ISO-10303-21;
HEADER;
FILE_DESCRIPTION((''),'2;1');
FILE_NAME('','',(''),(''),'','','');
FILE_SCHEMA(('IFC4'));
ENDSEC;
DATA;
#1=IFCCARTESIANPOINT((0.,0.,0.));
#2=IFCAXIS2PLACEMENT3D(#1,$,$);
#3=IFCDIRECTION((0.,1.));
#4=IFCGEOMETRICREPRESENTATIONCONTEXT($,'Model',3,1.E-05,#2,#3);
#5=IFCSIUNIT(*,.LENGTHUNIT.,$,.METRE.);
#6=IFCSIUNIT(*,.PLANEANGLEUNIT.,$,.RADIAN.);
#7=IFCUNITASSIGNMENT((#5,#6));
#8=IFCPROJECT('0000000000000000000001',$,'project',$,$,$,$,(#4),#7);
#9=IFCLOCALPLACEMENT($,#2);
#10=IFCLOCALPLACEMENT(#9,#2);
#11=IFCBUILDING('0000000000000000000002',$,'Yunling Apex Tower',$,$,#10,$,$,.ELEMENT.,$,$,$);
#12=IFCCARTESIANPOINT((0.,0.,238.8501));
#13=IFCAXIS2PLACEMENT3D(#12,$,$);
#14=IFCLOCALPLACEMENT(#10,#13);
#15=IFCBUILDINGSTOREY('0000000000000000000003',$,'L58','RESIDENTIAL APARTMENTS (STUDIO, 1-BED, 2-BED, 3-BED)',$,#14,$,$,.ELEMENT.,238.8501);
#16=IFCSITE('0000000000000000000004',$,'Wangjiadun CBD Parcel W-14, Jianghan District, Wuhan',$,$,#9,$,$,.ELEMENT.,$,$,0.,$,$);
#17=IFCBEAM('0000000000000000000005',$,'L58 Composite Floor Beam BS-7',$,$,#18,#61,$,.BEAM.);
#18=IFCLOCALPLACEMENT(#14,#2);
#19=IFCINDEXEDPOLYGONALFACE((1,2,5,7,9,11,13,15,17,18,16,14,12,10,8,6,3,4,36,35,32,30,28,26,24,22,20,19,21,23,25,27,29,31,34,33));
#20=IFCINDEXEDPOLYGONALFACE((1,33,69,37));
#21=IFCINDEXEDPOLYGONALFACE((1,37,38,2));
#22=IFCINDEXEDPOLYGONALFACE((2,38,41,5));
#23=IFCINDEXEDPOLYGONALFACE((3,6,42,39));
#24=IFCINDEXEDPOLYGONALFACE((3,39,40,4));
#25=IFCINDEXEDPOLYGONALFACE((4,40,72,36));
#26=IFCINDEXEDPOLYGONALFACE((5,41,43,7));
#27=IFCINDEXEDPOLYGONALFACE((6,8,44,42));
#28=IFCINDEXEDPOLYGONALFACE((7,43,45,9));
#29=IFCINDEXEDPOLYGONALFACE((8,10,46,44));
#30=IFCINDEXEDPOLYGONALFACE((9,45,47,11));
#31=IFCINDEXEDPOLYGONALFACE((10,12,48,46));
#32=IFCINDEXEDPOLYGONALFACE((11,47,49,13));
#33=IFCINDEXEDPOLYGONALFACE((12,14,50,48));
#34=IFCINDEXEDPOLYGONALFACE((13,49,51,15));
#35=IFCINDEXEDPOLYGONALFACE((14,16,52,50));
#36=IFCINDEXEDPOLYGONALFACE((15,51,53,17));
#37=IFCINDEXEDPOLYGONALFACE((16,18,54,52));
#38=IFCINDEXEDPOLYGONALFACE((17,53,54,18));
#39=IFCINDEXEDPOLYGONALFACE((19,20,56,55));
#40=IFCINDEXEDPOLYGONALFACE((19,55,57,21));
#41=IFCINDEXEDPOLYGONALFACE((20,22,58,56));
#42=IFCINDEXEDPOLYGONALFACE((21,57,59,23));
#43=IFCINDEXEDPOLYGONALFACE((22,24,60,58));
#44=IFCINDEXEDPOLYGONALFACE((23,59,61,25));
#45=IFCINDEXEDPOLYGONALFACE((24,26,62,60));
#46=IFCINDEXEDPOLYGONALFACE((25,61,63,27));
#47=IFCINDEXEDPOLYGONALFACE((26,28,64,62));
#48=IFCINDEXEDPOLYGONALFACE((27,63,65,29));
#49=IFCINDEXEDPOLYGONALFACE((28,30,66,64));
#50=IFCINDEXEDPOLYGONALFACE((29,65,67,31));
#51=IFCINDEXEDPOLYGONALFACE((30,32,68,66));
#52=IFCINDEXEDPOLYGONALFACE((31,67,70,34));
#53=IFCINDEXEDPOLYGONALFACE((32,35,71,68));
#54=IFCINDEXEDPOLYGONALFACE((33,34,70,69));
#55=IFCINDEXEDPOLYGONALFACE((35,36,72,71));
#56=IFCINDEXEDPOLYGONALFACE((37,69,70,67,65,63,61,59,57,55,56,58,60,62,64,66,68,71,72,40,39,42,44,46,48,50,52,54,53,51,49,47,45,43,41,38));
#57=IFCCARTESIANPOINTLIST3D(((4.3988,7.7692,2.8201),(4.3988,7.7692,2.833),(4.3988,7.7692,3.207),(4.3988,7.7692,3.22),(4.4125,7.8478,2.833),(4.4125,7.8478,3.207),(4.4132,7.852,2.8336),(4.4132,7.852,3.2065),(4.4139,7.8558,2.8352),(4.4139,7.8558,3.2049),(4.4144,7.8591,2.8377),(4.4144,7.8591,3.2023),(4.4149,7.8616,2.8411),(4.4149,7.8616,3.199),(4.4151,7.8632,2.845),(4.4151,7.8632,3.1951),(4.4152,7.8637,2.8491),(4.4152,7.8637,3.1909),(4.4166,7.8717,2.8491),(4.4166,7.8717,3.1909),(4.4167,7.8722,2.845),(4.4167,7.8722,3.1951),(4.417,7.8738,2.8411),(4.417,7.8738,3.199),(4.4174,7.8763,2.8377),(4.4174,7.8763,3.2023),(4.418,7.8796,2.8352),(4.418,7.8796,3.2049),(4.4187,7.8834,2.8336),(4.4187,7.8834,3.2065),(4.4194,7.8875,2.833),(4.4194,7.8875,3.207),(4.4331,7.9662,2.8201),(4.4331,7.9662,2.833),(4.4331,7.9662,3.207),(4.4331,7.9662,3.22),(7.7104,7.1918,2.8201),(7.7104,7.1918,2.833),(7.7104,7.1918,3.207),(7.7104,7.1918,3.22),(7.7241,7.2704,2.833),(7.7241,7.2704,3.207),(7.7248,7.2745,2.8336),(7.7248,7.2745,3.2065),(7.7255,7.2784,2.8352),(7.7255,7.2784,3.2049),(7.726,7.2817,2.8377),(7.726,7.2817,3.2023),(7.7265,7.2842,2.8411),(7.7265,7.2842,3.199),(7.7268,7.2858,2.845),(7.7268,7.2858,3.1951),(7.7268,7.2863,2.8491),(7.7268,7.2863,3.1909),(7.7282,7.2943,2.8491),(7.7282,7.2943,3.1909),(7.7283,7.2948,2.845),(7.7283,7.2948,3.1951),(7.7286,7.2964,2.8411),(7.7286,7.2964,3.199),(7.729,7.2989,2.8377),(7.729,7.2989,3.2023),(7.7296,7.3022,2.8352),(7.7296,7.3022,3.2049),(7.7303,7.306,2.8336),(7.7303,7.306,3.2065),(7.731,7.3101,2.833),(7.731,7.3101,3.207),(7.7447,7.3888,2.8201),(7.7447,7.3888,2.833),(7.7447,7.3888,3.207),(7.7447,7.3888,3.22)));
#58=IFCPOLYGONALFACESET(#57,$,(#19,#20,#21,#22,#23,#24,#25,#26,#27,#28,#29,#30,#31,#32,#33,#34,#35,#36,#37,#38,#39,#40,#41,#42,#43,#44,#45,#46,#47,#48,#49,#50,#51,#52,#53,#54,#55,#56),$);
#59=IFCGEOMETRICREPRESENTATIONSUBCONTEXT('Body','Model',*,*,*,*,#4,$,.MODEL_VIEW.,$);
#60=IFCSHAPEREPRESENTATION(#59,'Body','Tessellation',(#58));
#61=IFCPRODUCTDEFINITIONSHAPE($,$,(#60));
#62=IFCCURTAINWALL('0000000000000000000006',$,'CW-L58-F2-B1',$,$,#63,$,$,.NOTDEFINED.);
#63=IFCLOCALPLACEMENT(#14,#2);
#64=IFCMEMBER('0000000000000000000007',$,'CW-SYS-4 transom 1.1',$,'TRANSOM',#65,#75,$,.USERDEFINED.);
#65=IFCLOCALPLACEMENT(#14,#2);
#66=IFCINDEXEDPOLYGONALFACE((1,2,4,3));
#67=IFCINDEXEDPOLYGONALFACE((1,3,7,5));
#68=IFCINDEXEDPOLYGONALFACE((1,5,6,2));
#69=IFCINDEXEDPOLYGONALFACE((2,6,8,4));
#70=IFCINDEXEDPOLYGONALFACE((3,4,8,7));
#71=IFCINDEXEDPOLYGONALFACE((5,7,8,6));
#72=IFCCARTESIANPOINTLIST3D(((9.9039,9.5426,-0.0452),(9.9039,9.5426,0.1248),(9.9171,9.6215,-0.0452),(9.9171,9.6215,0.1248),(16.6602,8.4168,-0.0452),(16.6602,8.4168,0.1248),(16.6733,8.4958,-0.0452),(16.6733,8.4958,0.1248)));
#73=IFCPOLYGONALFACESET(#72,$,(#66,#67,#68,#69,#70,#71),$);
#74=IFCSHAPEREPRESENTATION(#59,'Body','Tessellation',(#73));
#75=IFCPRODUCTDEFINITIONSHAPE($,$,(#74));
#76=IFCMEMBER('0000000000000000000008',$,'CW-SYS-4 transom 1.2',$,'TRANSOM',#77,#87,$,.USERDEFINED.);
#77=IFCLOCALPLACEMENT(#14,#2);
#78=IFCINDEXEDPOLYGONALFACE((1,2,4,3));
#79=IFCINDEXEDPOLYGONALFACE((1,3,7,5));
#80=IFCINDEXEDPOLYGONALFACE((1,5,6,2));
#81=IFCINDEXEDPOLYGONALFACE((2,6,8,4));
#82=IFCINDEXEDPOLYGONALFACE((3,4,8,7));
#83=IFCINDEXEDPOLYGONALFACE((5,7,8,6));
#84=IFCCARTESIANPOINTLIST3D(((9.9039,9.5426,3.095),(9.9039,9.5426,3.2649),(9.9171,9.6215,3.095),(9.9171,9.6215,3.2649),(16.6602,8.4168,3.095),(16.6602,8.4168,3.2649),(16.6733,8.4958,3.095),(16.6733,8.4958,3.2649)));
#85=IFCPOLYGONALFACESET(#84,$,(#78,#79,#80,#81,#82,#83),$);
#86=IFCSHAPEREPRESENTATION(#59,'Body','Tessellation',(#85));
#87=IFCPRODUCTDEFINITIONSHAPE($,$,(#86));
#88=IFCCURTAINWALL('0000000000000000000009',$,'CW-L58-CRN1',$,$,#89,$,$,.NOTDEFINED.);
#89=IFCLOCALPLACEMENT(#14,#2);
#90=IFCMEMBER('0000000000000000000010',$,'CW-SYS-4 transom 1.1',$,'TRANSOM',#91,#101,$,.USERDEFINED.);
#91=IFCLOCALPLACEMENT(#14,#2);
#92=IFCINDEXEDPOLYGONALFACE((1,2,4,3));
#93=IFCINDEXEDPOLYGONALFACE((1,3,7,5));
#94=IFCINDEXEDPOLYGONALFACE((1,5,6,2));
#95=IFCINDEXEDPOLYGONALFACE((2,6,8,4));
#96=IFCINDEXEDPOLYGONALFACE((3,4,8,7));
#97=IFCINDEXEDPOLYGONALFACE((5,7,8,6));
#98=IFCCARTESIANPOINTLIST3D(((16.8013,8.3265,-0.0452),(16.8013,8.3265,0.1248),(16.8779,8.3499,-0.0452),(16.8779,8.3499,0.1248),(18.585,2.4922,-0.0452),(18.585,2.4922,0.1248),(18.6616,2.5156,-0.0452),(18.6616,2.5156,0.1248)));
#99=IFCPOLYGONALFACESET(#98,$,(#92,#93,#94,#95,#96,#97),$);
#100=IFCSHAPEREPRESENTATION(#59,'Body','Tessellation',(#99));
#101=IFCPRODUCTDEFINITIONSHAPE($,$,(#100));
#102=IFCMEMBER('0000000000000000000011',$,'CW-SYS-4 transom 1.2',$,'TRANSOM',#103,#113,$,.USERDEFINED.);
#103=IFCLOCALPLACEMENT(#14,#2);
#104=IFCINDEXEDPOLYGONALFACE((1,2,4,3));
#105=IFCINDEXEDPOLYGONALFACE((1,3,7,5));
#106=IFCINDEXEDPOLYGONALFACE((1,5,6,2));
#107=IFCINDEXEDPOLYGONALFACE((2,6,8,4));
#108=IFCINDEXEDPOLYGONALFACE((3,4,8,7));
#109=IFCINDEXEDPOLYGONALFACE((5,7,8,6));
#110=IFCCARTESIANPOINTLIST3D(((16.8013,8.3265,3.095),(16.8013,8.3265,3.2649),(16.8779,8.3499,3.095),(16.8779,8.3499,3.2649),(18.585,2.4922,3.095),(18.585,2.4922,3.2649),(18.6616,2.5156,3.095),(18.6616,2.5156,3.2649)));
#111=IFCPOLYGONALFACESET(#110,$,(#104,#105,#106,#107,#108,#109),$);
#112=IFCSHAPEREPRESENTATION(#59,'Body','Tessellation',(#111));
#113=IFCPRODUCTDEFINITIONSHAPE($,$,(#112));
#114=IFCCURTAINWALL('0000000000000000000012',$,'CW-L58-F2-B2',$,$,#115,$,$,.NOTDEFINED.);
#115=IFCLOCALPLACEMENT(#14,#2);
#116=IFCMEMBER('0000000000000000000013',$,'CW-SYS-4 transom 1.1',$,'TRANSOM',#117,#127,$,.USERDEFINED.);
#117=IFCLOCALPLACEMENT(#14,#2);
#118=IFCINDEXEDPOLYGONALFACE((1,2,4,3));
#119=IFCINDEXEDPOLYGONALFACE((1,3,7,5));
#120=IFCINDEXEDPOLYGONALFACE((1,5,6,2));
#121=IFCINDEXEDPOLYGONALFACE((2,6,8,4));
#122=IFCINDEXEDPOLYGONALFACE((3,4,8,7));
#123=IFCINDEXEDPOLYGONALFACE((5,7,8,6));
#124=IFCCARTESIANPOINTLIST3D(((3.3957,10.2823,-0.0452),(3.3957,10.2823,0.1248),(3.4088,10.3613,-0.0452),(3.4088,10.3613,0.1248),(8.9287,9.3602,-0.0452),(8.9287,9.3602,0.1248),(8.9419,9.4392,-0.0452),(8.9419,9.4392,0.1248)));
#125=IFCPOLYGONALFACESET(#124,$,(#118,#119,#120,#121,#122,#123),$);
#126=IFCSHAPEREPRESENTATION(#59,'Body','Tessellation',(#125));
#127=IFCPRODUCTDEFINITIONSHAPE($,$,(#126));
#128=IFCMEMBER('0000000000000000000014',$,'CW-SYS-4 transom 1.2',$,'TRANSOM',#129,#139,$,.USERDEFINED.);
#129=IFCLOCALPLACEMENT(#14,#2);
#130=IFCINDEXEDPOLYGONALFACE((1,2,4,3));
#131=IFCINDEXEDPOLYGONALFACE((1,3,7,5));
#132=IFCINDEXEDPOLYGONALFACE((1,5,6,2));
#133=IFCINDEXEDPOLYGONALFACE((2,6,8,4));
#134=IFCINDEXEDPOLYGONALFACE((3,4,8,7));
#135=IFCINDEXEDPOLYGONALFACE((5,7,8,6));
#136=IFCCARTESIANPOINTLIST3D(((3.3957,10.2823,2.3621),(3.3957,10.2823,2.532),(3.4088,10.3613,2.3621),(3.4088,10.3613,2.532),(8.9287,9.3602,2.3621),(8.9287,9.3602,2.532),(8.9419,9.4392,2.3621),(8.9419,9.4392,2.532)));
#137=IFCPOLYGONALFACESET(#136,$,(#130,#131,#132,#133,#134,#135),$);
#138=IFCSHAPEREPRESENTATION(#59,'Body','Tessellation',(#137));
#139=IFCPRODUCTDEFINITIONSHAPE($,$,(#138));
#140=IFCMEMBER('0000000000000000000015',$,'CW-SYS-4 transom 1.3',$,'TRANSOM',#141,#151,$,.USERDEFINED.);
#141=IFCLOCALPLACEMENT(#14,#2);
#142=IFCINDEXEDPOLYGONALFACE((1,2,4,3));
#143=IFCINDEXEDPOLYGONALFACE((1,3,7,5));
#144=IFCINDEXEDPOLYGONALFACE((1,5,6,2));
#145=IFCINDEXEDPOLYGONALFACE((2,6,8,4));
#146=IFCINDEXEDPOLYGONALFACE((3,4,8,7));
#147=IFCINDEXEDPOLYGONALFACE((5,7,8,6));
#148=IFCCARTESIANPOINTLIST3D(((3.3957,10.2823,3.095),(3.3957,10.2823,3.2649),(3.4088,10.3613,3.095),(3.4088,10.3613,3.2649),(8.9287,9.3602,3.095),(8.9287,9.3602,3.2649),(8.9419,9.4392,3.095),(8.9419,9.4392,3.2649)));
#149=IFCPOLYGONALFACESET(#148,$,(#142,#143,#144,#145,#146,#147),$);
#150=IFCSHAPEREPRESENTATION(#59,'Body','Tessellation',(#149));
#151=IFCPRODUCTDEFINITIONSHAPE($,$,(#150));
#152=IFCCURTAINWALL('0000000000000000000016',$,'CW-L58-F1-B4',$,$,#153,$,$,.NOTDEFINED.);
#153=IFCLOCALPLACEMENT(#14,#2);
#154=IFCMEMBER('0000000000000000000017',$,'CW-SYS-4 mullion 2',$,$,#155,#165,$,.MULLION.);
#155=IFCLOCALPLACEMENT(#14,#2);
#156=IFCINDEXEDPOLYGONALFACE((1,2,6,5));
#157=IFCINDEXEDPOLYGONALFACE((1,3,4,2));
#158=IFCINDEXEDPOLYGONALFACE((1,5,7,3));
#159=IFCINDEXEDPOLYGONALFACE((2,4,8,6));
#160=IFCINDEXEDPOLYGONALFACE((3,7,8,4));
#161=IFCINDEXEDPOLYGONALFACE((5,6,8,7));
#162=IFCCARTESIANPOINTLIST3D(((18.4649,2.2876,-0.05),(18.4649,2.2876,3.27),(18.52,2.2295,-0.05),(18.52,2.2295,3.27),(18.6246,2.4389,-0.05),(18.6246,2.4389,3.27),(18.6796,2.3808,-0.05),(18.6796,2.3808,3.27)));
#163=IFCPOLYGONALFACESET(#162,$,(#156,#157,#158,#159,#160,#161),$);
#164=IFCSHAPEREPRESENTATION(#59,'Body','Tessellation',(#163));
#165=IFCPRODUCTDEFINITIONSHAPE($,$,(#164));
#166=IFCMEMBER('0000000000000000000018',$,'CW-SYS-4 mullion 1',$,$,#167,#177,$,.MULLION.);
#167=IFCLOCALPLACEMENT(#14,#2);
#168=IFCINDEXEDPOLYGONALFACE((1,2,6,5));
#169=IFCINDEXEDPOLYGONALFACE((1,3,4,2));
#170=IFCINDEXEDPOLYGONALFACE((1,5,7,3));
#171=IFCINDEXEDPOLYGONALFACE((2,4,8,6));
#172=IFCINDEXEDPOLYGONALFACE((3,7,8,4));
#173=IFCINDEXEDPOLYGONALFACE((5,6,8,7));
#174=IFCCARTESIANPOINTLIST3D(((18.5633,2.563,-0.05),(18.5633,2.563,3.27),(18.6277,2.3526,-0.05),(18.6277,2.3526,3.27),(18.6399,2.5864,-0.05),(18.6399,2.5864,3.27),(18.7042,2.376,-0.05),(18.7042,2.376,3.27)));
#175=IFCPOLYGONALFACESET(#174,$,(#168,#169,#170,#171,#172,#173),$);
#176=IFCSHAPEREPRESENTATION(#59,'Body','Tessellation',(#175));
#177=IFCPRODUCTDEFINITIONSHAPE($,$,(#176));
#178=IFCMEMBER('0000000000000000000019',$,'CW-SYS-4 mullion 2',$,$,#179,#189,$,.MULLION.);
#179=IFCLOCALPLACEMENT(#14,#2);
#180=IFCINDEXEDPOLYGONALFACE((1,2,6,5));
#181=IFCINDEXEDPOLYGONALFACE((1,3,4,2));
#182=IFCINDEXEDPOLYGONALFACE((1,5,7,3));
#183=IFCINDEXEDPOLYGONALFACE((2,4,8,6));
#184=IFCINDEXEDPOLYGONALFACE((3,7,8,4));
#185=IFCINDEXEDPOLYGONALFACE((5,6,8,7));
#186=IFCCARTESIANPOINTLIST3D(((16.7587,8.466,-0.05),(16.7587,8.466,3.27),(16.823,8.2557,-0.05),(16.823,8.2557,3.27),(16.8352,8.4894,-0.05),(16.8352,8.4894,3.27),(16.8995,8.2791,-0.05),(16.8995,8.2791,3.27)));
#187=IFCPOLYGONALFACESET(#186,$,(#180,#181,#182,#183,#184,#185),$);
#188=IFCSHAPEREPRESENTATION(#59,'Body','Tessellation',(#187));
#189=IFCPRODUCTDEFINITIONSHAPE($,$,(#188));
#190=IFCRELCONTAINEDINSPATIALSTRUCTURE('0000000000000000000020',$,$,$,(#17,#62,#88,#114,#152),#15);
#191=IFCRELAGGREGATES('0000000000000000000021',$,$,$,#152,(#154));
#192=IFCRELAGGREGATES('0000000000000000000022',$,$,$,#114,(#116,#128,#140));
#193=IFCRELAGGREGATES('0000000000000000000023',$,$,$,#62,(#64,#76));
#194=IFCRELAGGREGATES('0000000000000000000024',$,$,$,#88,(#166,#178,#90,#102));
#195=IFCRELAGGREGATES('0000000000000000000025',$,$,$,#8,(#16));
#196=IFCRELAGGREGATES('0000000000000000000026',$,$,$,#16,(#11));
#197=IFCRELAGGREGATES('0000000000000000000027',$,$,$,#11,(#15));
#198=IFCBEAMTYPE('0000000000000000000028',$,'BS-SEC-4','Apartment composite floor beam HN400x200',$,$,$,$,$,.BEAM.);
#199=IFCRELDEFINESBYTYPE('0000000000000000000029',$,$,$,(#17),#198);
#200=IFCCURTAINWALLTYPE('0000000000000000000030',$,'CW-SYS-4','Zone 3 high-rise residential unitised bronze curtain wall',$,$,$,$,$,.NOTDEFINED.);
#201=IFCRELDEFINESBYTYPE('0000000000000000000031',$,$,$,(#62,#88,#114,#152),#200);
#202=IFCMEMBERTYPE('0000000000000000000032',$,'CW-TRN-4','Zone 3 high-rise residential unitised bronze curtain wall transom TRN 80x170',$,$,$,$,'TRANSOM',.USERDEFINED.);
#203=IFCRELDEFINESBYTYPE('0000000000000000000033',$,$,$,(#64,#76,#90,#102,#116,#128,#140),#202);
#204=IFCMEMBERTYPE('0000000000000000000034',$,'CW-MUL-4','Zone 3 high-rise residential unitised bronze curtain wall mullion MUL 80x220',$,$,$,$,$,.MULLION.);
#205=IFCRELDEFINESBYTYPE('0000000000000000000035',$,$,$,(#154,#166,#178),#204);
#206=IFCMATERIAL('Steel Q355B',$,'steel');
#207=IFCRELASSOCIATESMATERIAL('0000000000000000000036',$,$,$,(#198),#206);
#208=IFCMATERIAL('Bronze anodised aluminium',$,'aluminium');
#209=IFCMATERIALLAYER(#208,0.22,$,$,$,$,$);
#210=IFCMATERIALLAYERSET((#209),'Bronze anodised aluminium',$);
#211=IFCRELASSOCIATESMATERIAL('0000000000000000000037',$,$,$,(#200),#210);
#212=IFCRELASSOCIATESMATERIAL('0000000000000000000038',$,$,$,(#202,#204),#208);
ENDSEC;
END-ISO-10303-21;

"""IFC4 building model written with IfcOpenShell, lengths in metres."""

from ifc_helpers import new_model, si_unit, direction, frame, origin, origin_2d, place, context, subcontext, project, spatial, rectangle, i_section, extrude, source, transform, mapped, material, layer, layer_set, material_profile, profile_set, type_object, element, aggregate, save


model = new_model("IFC4")

# Units and contexts
model_context = context("Model", 3, precision=1e-05, world=origin(), true_north=direction((0.0, 1.0)))
body_context = subcontext(model_context, "Body", "Model", "MODEL_VIEW")
ifc_project = project(units=[si_unit("LENGTHUNIT", "METRE"), si_unit("PLANEANGLEUNIT", "RADIAN")], contexts=[model_context])

# Site, building, storey
site_placement = place(None, origin())
site = spatial("IfcSite", under=ifc_project, at=site_placement, Name="Wangjiadun CBD Parcel W-14, Jianghan District, Wuhan", CompositionType="ELEMENT", RefElevation=0.0)
building_placement = place(site_placement, origin())
building = spatial("IfcBuilding", under=site, at=building_placement, Name="Yunling Apex Tower", CompositionType="ELEMENT")
storey_placement = place(building_placement, frame((0.0, 0.0, 238.8501)))
storey = spatial("IfcBuildingStorey", under=building, at=storey_placement, Name="L58", Description="RESIDENTIAL APARTMENTS (STUDIO, 1-BED, 2-BED, 3-BED)", CompositionType="ELEMENT", Elevation=238.8501)

# Beam
ifc_material_1 = material(Name="Steel Q355B", Category="steel")
ifc_material_profile_1 = material_profile(ifc_material_1, i_section(OverallWidth=0.2, OverallDepth=0.3999, WebThickness=0.0081, FlangeThickness=0.0129, FilletRadius=0.0161, at=origin_2d()))
ifc_profile_set_1 = profile_set([ifc_material_profile_1], Name="Steel Q355B")
beam_type_1 = type_object("IfcBeamType", Name="BS-SEC-4", Description="Apartment composite floor beam HN400x200", PredefinedType="BEAM", material=ifc_profile_set_1)
shared_shape_1 = source(origin(), body_context, "Body", "SweptSolid", [
    extrude(i_section(OverallWidth=0.2, OverallDepth=0.3999, WebThickness=0.0081, FlangeThickness=0.0129, FilletRadius=0.0161, at=origin_2d()), origin(), (0.0, 0.0, 1.0), 3.3616),
])
beam_1_placement = place(storey_placement, frame((7.7275, 7.2903, 3.02), z_axis=(-0.985138, 0.171767, 0.0), x_axis=(-0.171767, -0.985138, 0.0)))
element("IfcBeam", 1, at=beam_1_placement, inside=storey, type_object=beam_type_1, Name="L58 Composite Floor Beam BS-7", PredefinedType="BEAM", context=body_context, shape_type="MappedRepresentation", body=[
    mapped(shared_shape_1, transform((0.0, 0.0, 0.0), scale=1.0)),
])

# Curtain walls, members
ifc_material_2 = material(Name="Bronze anodised aluminium", Category="aluminium")
ifc_layer_1 = layer(ifc_material_2, 0.22)
ifc_layer_set_1 = layer_set([ifc_layer_1], Name="Bronze anodised aluminium")
curtain_wall_type = type_object("IfcCurtainWallType", Name="CW-SYS-4", Description="Zone 3 high-rise residential unitised bronze curtain wall", PredefinedType="NOTDEFINED", material=ifc_layer_set_1)
curtain_wall_1_placement = place(storey_placement, origin())
curtain_wall_1 = element("IfcCurtainWall", 2, at=curtain_wall_1_placement, inside=storey, type_object=curtain_wall_type, Name="CW-L58-F2-B1", PredefinedType="NOTDEFINED")
ifc_material_profile_2 = material_profile(ifc_material_2, rectangle(XDim=0.0801, YDim=0.1699, at=origin_2d()))
ifc_profile_set_2 = profile_set([ifc_material_profile_2], Name="Bronze anodised aluminium")
member_type_1 = type_object("IfcMemberType", Name="CW-TRN-4", Description="Zone 3 high-rise residential unitised bronze curtain wall transom TRN 80x170", ElementType="TRANSOM", PredefinedType="USERDEFINED", material=ifc_profile_set_2)
shared_shape_2 = source(origin(), body_context, "Body", "SweptSolid", [
    extrude(rectangle(XDim=0.0801, YDim=0.1699, at=origin_2d()), origin(), (0.0, 0.0, 1.0), 6.8494),
])
member_1_placement = place(storey_placement, frame((16.6667, 8.4563, 0.0398), z_axis=(-0.986401, 0.164359, 0.0), x_axis=(-0.164359, -0.986401, 0.0)))
member_1 = element("IfcMember", 3, at=member_1_placement, type_object=member_type_1, Name="CW-SYS-4 transom 1.1", ObjectType="TRANSOM", PredefinedType="USERDEFINED", context=body_context, shape_type="MappedRepresentation", body=[
    mapped(shared_shape_2, transform((0.0, 0.0, 0.0), scale=1.0)),
])
member_2_placement = place(storey_placement, frame((16.6667, 8.4563, 3.1799), z_axis=(-0.986401, 0.164359, 0.0), x_axis=(-0.164359, -0.986401, 0.0)))
member_2 = element("IfcMember", 4, at=member_2_placement, type_object=member_type_1, Name="CW-SYS-4 transom 1.2", ObjectType="TRANSOM", PredefinedType="USERDEFINED", context=body_context, shape_type="MappedRepresentation", body=[
    mapped(shared_shape_2, transform((0.0, 0.0, 0.0), scale=1.0)),
])
curtain_wall_2_placement = place(storey_placement, origin())
curtain_wall_2 = element("IfcCurtainWall", 5, at=curtain_wall_2_placement, inside=storey, type_object=curtain_wall_type, Name="CW-L58-CRN1", PredefinedType="NOTDEFINED")
shared_shape_3 = source(origin(), body_context, "Body", "SweptSolid", [
    extrude(rectangle(XDim=0.0801, YDim=0.1699, at=origin_2d()), origin(), (0.0, 0.0, 1.0), 6.1008),
])
member_3_placement = place(storey_placement, frame((18.6233, 2.5039, 0.0398), z_axis=(-0.29237, 0.956305, 0.0), x_axis=(-0.956305, -0.29237, 0.0)))
member_3 = element("IfcMember", 6, at=member_3_placement, type_object=member_type_1, Name="CW-SYS-4 transom 1.1", ObjectType="TRANSOM", PredefinedType="USERDEFINED", context=body_context, shape_type="MappedRepresentation", body=[
    mapped(shared_shape_3, transform((0.0, 0.0, 0.0), scale=1.0)),
])
member_4_placement = place(storey_placement, frame((18.6233, 2.5039, 3.1799), z_axis=(-0.29237, 0.956305, 0.0), x_axis=(-0.956305, -0.29237, 0.0)))
member_4 = element("IfcMember", 7, at=member_4_placement, type_object=member_type_1, Name="CW-SYS-4 transom 1.2", ObjectType="TRANSOM", PredefinedType="USERDEFINED", context=body_context, shape_type="MappedRepresentation", body=[
    mapped(shared_shape_3, transform((0.0, 0.0, 0.0), scale=1.0)),
])
curtain_wall_3_placement = place(storey_placement, origin())
curtain_wall_3 = element("IfcCurtainWall", 8, at=curtain_wall_3_placement, inside=storey, type_object=curtain_wall_type, Name="CW-L58-F2-B2", PredefinedType="NOTDEFINED")
shared_shape_4 = source(origin(), body_context, "Body", "SweptSolid", [
    extrude(rectangle(XDim=0.0801, YDim=0.1699, at=origin_2d()), origin(), (0.0, 0.0, 1.0), 5.6094),
])
member_5_placement = place(storey_placement, frame((8.9353, 9.3997, 0.0398), z_axis=(-0.986395, 0.164392, 0.0), x_axis=(-0.164392, -0.986395, 0.0)))
member_5 = element("IfcMember", 9, at=member_5_placement, type_object=member_type_1, Name="CW-SYS-4 transom 1.1", ObjectType="TRANSOM", PredefinedType="USERDEFINED", context=body_context, shape_type="MappedRepresentation", body=[
    mapped(shared_shape_4, transform((0.0, 0.0, 0.0), scale=1.0)),
])
member_6_placement = place(storey_placement, frame((8.9353, 9.3997, 2.447), z_axis=(-0.986395, 0.164392, 0.0), x_axis=(-0.164392, -0.986395, 0.0)))
member_6 = element("IfcMember", 10, at=member_6_placement, type_object=member_type_1, Name="CW-SYS-4 transom 1.2", ObjectType="TRANSOM", PredefinedType="USERDEFINED", context=body_context, shape_type="MappedRepresentation", body=[
    mapped(shared_shape_4, transform((0.0, 0.0, 0.0), scale=1.0)),
])
member_7_placement = place(storey_placement, frame((8.9353, 9.3997, 3.1799), z_axis=(-0.986395, 0.164392, 0.0), x_axis=(-0.164392, -0.986395, 0.0)))
member_7 = element("IfcMember", 11, at=member_7_placement, type_object=member_type_1, Name="CW-SYS-4 transom 1.3", ObjectType="TRANSOM", PredefinedType="USERDEFINED", context=body_context, shape_type="MappedRepresentation", body=[
    mapped(shared_shape_4, transform((0.0, 0.0, 0.0), scale=1.0)),
])

# Curtain wall, member
curtain_wall_4_placement = place(storey_placement, origin())
curtain_wall_4 = element("IfcCurtainWall", 12, at=curtain_wall_4_placement, inside=storey, type_object=curtain_wall_type, Name="CW-L58-F1-B4", PredefinedType="NOTDEFINED")
ifc_material_profile_3 = material_profile(ifc_material_2, rectangle(XDim=0.0801, YDim=0.22, at=origin_2d()))
ifc_profile_set_3 = profile_set([ifc_material_profile_3], Name="Bronze anodised aluminium")
member_type_2 = type_object("IfcMemberType", Name="CW-MUL-4", Description="Zone 3 high-rise residential unitised bronze curtain wall mullion MUL 80x220", PredefinedType="MULLION", material=ifc_profile_set_3)
shared_shape_5 = source(origin(), body_context, "Body", "SweptSolid", [
    extrude(rectangle(XDim=0.0801, YDim=0.22, at=origin_2d()), origin(), (0.0, 0.0, 1.0), 3.3201),
])
member_8_placement = place(storey_placement, frame((18.5723, 2.3342, -0.05), z_axis=(0.0, 0.0, 1.0), x_axis=(-0.687848, 0.725855, 0.0)))
member_8 = element("IfcMember", 13, at=member_8_placement, type_object=member_type_2, Name="CW-SYS-4 mullion 2", PredefinedType="MULLION", context=body_context, shape_type="MappedRepresentation", body=[
    mapped(shared_shape_5, transform((0.0, 0.0, 0.0), scale=1.0)),
])
aggregate(curtain_wall_4, [member_8])

# Members
member_9_placement = place(storey_placement, frame((18.6338, 2.4695, -0.05), z_axis=(0.0, 0.0, 1.0), x_axis=(-0.956305, -0.292369, 0.0)))
member_9 = element("IfcMember", 14, at=member_9_placement, type_object=member_type_2, Name="CW-SYS-4 mullion 1", PredefinedType="MULLION", context=body_context, shape_type="MappedRepresentation", body=[
    mapped(shared_shape_5, transform((0.0, 0.0, 0.0), scale=1.0)),
])
member_10_placement = place(storey_placement, frame((16.8291, 8.3726, -0.05), z_axis=(0.0, 0.0, 1.0), x_axis=(-0.956305, -0.292369, 0.0)))
member_10 = element("IfcMember", 15, at=member_10_placement, type_object=member_type_2, Name="CW-SYS-4 mullion 2", PredefinedType="MULLION", context=body_context, shape_type="MappedRepresentation", body=[
    mapped(shared_shape_5, transform((0.0, 0.0, 0.0), scale=1.0)),
])
aggregate(curtain_wall_3, [member_5, member_6, member_7])

aggregate(curtain_wall_1, [member_1, member_2])
aggregate(curtain_wall_2, [member_9, member_10, member_3, member_4])

save(model, "model.ifc")
